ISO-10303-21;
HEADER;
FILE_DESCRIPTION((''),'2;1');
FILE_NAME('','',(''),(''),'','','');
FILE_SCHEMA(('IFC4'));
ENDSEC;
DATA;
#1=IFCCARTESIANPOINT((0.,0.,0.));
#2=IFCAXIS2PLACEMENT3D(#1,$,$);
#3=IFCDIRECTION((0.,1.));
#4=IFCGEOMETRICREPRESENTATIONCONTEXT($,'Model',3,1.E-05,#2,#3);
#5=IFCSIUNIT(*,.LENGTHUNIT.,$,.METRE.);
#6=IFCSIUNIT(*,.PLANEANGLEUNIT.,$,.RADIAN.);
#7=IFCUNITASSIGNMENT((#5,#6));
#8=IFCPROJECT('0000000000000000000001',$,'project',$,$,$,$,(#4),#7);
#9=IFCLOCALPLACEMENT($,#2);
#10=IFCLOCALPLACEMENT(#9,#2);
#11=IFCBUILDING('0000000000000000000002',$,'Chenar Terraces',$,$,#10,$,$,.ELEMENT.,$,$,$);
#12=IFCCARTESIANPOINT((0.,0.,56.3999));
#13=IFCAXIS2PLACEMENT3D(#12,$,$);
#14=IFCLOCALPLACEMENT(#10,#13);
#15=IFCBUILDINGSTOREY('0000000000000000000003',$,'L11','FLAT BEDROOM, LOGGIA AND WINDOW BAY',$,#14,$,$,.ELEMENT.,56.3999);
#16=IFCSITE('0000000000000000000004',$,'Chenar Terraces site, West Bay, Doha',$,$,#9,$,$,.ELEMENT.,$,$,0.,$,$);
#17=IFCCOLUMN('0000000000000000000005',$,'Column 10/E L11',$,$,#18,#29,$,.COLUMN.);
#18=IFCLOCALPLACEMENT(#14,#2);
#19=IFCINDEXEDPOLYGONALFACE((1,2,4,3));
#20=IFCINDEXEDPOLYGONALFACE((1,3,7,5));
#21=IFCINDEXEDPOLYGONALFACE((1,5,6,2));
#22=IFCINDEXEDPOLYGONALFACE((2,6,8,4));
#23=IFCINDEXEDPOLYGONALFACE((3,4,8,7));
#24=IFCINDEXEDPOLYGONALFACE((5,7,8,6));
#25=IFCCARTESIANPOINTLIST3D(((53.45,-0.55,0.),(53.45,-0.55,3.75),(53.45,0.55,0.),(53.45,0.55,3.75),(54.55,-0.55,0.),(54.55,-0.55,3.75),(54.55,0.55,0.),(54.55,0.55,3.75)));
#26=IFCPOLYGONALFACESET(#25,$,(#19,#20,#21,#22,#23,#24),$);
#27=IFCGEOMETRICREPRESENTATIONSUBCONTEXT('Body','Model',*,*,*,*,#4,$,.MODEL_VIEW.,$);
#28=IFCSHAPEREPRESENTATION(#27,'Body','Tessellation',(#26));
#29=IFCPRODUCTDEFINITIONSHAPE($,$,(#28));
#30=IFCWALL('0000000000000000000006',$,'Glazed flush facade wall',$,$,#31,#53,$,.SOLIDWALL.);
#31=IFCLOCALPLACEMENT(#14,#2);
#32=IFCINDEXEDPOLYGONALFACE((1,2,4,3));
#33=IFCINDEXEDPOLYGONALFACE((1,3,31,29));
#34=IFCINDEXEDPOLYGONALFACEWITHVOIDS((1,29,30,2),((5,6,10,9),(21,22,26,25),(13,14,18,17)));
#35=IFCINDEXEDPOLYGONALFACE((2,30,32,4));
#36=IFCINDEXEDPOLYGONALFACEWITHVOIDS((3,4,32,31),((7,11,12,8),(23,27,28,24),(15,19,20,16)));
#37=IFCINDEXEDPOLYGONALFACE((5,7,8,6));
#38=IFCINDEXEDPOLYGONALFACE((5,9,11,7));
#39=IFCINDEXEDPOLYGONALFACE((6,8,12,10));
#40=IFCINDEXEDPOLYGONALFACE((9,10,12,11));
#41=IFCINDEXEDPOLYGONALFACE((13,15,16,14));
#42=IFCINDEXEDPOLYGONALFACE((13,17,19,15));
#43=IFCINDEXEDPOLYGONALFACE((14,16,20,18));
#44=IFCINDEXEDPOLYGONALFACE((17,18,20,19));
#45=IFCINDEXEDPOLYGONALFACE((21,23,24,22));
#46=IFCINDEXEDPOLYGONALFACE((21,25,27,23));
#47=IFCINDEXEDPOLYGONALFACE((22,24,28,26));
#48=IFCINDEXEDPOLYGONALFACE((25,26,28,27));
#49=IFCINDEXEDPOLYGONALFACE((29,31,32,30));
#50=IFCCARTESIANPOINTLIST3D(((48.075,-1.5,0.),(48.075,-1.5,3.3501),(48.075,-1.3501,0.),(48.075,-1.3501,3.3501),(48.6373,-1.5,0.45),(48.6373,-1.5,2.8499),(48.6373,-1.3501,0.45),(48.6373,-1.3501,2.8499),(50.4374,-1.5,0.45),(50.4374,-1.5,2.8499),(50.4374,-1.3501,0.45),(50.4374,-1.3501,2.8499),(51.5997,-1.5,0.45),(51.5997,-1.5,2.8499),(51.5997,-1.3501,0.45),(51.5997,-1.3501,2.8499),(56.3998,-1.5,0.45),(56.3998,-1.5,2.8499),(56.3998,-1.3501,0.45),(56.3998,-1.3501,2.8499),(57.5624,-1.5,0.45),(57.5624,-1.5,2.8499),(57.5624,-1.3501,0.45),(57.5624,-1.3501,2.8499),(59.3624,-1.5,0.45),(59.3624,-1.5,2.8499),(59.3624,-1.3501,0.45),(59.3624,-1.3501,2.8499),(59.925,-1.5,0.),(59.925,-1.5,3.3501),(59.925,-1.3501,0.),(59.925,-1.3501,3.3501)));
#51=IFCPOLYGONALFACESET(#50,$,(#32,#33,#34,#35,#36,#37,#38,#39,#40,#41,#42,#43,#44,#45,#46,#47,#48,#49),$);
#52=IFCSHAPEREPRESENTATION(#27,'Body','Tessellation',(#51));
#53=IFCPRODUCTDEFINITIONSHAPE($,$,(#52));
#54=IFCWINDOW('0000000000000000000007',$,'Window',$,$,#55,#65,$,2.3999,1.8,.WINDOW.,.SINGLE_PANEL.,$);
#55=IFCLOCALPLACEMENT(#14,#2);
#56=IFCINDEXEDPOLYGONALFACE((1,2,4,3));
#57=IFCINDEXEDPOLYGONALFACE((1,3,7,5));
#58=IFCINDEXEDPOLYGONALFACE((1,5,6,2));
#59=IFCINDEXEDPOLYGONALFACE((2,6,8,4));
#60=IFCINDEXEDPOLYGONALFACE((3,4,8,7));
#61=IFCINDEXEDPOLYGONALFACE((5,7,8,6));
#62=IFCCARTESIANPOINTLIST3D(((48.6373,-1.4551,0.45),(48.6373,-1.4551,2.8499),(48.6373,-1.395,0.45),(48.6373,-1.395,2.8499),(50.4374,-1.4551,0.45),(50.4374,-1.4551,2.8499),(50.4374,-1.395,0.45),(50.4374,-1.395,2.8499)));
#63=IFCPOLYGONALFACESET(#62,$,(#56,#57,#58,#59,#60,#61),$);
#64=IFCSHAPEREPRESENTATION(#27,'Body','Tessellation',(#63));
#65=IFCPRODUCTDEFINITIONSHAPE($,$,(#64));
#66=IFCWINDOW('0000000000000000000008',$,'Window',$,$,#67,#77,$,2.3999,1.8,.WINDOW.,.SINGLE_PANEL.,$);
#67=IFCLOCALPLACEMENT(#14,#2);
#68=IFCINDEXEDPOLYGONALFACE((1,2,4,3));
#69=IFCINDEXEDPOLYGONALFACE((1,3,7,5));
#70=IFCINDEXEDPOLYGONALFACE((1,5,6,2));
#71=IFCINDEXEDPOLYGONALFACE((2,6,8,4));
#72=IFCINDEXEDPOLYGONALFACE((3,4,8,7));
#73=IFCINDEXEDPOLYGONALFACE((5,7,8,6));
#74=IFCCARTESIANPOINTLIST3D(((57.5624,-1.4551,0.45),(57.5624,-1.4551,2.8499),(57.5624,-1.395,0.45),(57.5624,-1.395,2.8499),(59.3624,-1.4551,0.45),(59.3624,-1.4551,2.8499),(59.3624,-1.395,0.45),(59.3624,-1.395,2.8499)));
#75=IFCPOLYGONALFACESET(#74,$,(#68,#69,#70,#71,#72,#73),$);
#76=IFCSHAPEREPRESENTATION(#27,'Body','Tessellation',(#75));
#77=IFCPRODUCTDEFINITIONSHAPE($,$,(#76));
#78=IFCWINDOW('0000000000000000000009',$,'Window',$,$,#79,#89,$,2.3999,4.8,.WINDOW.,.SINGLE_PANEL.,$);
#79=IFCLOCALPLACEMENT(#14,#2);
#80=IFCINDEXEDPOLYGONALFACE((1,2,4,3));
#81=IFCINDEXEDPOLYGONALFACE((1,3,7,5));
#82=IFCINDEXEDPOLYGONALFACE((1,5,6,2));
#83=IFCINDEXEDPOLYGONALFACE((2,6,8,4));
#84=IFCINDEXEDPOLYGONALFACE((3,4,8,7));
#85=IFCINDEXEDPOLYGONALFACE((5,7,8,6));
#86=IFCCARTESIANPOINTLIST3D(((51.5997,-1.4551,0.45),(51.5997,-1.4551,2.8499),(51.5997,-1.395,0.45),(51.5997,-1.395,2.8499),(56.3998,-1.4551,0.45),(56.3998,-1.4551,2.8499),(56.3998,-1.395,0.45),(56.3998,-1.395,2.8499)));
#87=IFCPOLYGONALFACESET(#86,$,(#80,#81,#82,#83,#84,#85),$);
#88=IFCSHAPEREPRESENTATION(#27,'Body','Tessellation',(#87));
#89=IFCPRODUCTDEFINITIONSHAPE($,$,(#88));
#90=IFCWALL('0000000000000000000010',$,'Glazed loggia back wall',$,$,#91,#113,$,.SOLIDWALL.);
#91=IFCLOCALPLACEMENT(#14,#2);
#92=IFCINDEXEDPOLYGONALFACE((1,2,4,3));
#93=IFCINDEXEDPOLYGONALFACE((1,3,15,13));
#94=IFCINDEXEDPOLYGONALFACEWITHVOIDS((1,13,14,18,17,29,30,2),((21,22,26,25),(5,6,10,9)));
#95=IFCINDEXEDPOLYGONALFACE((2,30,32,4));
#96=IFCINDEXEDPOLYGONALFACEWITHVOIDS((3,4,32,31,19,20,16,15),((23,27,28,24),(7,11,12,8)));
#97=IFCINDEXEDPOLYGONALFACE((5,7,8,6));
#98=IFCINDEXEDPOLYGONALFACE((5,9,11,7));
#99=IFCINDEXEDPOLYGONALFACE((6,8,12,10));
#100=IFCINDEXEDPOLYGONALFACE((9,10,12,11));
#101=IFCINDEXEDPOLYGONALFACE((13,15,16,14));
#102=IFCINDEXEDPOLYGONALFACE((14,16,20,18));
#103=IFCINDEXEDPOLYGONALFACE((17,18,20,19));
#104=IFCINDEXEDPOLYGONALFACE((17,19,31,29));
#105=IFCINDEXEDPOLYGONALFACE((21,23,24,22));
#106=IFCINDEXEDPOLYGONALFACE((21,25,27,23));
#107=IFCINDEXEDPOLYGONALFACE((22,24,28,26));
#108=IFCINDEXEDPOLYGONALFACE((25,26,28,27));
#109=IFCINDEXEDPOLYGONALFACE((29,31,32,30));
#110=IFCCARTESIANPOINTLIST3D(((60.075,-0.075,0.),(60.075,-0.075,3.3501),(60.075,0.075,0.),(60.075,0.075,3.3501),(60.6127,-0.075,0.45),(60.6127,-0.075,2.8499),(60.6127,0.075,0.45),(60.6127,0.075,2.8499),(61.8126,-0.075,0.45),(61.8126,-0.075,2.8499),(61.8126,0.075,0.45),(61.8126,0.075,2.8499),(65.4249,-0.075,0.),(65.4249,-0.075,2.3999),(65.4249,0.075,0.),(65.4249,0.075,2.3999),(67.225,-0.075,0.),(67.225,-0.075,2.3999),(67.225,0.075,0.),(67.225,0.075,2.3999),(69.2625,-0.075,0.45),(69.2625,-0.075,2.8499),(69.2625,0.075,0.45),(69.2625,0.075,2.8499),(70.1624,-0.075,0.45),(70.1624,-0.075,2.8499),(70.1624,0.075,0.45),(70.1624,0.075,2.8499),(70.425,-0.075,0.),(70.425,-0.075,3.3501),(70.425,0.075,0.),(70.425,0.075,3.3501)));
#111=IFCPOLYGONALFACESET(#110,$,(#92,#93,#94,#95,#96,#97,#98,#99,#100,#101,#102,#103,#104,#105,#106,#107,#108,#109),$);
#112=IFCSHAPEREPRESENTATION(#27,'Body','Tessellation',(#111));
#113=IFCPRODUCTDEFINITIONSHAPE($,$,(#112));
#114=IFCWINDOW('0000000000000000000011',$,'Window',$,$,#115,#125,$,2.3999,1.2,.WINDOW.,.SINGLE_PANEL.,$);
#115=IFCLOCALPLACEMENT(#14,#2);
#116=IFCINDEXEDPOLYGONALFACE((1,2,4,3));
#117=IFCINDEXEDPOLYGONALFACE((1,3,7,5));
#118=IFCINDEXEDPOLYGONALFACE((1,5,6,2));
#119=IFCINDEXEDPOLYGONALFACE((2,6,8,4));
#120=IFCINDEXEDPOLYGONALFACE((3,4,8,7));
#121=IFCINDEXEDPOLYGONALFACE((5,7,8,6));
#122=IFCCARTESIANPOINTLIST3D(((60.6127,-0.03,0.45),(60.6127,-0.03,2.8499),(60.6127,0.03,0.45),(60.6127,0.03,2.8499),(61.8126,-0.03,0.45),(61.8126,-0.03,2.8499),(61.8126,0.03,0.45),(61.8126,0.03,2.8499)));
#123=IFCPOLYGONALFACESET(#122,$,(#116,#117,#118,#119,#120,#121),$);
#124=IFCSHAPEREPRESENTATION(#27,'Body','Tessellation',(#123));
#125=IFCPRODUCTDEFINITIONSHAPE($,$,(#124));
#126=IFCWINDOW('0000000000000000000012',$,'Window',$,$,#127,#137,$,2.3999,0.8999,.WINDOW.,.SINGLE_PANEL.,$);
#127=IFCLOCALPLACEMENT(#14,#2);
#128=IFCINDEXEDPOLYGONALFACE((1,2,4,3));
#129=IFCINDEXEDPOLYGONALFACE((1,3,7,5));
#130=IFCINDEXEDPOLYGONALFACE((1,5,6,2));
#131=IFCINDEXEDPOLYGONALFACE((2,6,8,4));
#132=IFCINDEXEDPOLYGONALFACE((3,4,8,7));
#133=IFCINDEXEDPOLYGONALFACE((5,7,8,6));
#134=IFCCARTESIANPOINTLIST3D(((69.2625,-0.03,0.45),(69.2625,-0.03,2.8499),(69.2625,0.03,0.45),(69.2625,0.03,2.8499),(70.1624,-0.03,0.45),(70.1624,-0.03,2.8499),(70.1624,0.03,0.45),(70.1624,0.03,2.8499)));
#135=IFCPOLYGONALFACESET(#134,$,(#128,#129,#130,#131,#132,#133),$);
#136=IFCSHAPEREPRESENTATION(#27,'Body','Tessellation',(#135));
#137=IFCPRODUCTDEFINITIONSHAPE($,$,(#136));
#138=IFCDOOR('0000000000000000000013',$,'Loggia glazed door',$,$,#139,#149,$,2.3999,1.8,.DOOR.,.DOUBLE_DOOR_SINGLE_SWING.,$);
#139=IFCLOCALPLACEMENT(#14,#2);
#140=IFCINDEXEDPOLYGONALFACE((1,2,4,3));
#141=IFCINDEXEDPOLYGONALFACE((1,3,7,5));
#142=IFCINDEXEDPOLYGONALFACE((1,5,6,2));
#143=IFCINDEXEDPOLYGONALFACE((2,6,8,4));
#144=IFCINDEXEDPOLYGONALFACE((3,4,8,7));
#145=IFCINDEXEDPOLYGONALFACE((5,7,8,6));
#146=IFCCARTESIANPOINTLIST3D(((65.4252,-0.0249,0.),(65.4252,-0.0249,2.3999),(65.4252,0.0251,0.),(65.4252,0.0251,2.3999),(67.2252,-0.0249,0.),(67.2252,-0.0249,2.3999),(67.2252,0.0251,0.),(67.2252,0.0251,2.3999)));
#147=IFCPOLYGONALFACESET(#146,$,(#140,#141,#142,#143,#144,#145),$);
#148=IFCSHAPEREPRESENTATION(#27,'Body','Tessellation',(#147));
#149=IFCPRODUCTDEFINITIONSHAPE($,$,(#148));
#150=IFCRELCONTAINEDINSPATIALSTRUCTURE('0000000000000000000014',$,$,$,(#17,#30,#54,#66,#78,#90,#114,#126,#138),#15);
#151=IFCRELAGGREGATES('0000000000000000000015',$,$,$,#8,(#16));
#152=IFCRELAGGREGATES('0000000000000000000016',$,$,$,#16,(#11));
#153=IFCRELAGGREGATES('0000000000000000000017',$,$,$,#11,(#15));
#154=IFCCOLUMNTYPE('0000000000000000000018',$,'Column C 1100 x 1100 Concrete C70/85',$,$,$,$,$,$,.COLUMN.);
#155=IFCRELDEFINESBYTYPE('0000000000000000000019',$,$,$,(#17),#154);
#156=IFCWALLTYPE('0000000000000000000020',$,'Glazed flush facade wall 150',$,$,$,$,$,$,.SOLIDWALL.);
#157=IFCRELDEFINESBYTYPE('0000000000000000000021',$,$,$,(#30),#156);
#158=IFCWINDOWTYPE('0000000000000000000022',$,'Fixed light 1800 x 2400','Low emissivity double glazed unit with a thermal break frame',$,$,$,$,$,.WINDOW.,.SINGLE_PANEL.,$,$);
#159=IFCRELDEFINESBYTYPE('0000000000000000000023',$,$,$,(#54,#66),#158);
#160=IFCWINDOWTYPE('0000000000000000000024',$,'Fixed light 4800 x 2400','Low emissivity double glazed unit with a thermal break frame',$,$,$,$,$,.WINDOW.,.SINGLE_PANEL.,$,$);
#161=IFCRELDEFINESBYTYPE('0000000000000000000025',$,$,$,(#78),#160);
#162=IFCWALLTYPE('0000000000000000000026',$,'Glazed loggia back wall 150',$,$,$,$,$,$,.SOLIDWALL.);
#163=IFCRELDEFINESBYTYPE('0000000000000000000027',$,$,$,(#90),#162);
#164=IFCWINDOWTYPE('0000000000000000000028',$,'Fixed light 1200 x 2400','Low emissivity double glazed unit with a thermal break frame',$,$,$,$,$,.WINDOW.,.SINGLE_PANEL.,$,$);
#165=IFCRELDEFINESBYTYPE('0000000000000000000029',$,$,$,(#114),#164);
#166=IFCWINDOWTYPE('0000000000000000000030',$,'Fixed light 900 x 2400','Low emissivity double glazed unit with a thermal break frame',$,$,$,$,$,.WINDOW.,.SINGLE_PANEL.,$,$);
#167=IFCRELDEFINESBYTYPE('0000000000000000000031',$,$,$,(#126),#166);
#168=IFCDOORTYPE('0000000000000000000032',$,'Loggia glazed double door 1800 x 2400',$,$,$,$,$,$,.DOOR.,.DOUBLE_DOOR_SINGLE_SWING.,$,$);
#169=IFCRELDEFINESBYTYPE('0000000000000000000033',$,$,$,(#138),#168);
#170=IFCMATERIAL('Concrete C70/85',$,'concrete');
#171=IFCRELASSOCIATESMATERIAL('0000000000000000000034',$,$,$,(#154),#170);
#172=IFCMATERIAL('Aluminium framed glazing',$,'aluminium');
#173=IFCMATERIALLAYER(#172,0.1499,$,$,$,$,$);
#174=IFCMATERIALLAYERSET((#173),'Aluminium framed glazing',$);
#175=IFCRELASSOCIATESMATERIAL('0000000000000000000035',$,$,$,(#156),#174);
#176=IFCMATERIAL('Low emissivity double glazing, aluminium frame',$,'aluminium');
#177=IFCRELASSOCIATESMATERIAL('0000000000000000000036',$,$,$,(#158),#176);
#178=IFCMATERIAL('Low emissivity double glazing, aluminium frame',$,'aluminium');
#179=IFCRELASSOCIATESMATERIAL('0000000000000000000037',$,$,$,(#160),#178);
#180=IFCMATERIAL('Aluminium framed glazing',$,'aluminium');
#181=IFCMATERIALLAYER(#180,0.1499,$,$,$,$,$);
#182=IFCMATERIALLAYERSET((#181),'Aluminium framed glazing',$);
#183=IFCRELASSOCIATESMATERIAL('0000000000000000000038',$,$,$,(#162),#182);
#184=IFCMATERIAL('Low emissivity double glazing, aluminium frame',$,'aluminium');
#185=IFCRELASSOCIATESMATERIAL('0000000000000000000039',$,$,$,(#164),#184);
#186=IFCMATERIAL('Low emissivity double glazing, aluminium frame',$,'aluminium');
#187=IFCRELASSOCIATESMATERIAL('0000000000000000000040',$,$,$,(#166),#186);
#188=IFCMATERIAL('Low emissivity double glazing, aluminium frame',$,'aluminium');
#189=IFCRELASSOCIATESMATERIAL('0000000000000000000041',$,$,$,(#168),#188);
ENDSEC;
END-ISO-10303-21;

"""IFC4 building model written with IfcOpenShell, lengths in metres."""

from ifc_helpers import new_model, si_unit, direction, frame, frame_2d, origin, origin_2d, place, context, subcontext, project, spatial, rectangle, extrude, material, layer, layer_set, material_profile, profile_set, type_object, element, fill, save


model = new_model("IFC4")

# Units and contexts
model_context = context("Model", 3, precision=1e-05, world=origin(), true_north=direction((0.0, 1.0)))
body_context = subcontext(model_context, "Body", "Model", "MODEL_VIEW")
ifc_project = project(units=[si_unit("LENGTHUNIT", "METRE"), si_unit("PLANEANGLEUNIT", "RADIAN")], contexts=[model_context])

# Site, building, storey
site_placement = place(None, origin())
site = spatial("IfcSite", under=ifc_project, at=site_placement, Name="Chenar Terraces site, West Bay, Doha", CompositionType="ELEMENT", RefElevation=0.0)
building_placement = place(site_placement, origin())
building = spatial("IfcBuilding", under=site, at=building_placement, Name="Chenar Terraces", CompositionType="ELEMENT")
storey_placement = place(building_placement, frame((0.0, 0.0, 56.3999)))
storey = spatial("IfcBuildingStorey", under=building, at=storey_placement, Name="L11", Description="FLAT BEDROOM, LOGGIA AND WINDOW BAY", CompositionType="ELEMENT", Elevation=56.3999)

# Column
ifc_material_1 = material(Name="Concrete C70/85", Category="concrete")
ifc_material_profile_1 = material_profile(ifc_material_1, rectangle(XDim=1.1001, YDim=1.1001, at=origin_2d()), Name="C 1100 x 1100")
ifc_profile_set_1 = profile_set([ifc_material_profile_1], Name="Concrete C70/85")
column_type = type_object("IfcColumnType", Name="Column C 1100 x 1100 Concrete C70/85", PredefinedType="COLUMN", material=ifc_profile_set_1)
column_placement = place(storey_placement, frame((54.0, 0.0, 0.0), z_axis=(0.0, 0.0, 1.0), x_axis=(1.0, 0.0, 0.0)))
element("IfcColumn", 1, at=column_placement, inside=storey, type_object=column_type, Name="Column 10/E L11", PredefinedType="COLUMN", context=body_context, shape_type="SweptSolid", body=[
    extrude(rectangle(XDim=1.1001, YDim=1.1001, at=origin_2d()), origin(), (0.0, 0.0, 1.0), 3.75),
])

# Wall, openings, windows
ifc_material_2 = material(Name="Aluminium framed glazing", Category="aluminium")
ifc_layer_1 = layer(ifc_material_2, 0.1499)
ifc_layer_set_1 = layer_set([ifc_layer_1], Name="Aluminium framed glazing")
wall_type_1 = type_object("IfcWallType", Name="Glazed flush facade wall 150", PredefinedType="SOLIDWALL", material=ifc_layer_set_1)
wall_1_placement = place(storey_placement, frame((48.075, -1.425, 0.0), z_axis=(0.0, 0.0, 1.0), x_axis=(1.0, 0.0, 0.0)))
wall_1 = element("IfcWall", 2, at=wall_1_placement, inside=storey, type_object=wall_type_1, Name="Glazed flush facade wall", PredefinedType="SOLIDWALL", context=body_context, shape_type="SweptSolid", body=[
    extrude(rectangle(XDim=11.8501, YDim=0.1499, at=frame_2d((5.925, 0.0))), origin(), (0.0, 0.0, 1.0), 3.3501),
])
opening_1_placement = place(wall_1_placement, frame((0.5625, 0.0, 0.45)))
opening_1 = element("IfcOpeningElement", 3, at=opening_1_placement, cuts=wall_1, PredefinedType="OPENING", context=body_context, shape_type="SweptSolid", body=[
    extrude(rectangle(XDim=1.8, YDim=2.3999, at=frame_2d((0.8999, 1.2))), frame((0.0, 0.085, 0.0), z_axis=(0.0, -1.0, 0.0), x_axis=(1.0, 0.0, 0.0)), (0.0, 0.0, 1.0), 0.1699),
])
opening_2_placement = place(wall_1_placement, frame((3.5249, 0.0, 0.45)))
opening_2 = element("IfcOpeningElement", 4, at=opening_2_placement, cuts=wall_1, PredefinedType="OPENING", context=body_context, shape_type="SweptSolid", body=[
    extrude(rectangle(XDim=4.8, YDim=2.3999, at=frame_2d((2.3999, 1.2))), frame((0.0, 0.085, 0.0), z_axis=(0.0, -1.0, 0.0), x_axis=(1.0, 0.0, 0.0)), (0.0, 0.0, 1.0), 0.1699),
])
opening_3_placement = place(wall_1_placement, frame((9.4875, 0.0, 0.45)))
opening_3 = element("IfcOpeningElement", 5, at=opening_3_placement, cuts=wall_1, PredefinedType="OPENING", context=body_context, shape_type="SweptSolid", body=[
    extrude(rectangle(XDim=1.8, YDim=2.3999, at=frame_2d((0.8999, 1.2))), frame((0.0, 0.085, 0.0), z_axis=(0.0, -1.0, 0.0), x_axis=(1.0, 0.0, 0.0)), (0.0, 0.0, 1.0), 0.1699),
])
ifc_material_3 = material(Name="Low emissivity double glazing, aluminium frame", Category="aluminium")
window_type_1 = type_object("IfcWindowType", Name="Fixed light 1800 x 2400", Description="Low emissivity double glazed unit with a thermal break frame", PartitioningType="SINGLE_PANEL", PredefinedType="WINDOW", material=ifc_material_3)
window_1_placement = place(opening_1_placement, origin())
window_1 = element("IfcWindow", 6, at=window_1_placement, inside=storey, type_object=window_type_1, Name="Window", OverallHeight=2.3999, OverallWidth=1.8, PartitioningType="SINGLE_PANEL", PredefinedType="WINDOW", context=body_context, shape_type="SweptSolid", body=[
    extrude(rectangle(XDim=1.8, YDim=2.3999, at=frame_2d((0.8999, 1.2))), frame((0.0, 0.03, 0.0), z_axis=(0.0, -1.0, 0.0), x_axis=(1.0, 0.0, 0.0)), (0.0, 0.0, 1.0), 0.0601),
])
fill(opening_1, window_1)
window_2_placement = place(opening_3_placement, origin())
window_2 = element("IfcWindow", 7, at=window_2_placement, inside=storey, type_object=window_type_1, Name="Window", OverallHeight=2.3999, OverallWidth=1.8, PartitioningType="SINGLE_PANEL", PredefinedType="WINDOW", context=body_context, shape_type="SweptSolid", body=[
    extrude(rectangle(XDim=1.8, YDim=2.3999, at=frame_2d((0.8999, 1.2))), frame((0.0, 0.03, 0.0), z_axis=(0.0, -1.0, 0.0), x_axis=(1.0, 0.0, 0.0)), (0.0, 0.0, 1.0), 0.0601),
])
fill(opening_3, window_2)
ifc_material_4 = material(Name="Low emissivity double glazing, aluminium frame", Category="aluminium")
window_type_2 = type_object("IfcWindowType", Name="Fixed light 4800 x 2400", Description="Low emissivity double glazed unit with a thermal break frame", PartitioningType="SINGLE_PANEL", PredefinedType="WINDOW", material=ifc_material_4)
window_3_placement = place(opening_2_placement, origin())
window_3 = element("IfcWindow", 8, at=window_3_placement, inside=storey, type_object=window_type_2, Name="Window", OverallHeight=2.3999, OverallWidth=4.8, PartitioningType="SINGLE_PANEL", PredefinedType="WINDOW", context=body_context, shape_type="SweptSolid", body=[
    extrude(rectangle(XDim=4.8, YDim=2.3999, at=frame_2d((2.3999, 1.2))), frame((0.0, 0.03, 0.0), z_axis=(0.0, -1.0, 0.0), x_axis=(1.0, 0.0, 0.0)), (0.0, 0.0, 1.0), 0.0601),
])
fill(opening_2, window_3)

# Wall, openings, windows, door
ifc_material_5 = material(Name="Aluminium framed glazing", Category="aluminium")
ifc_layer_2 = layer(ifc_material_5, 0.1499)
ifc_layer_set_2 = layer_set([ifc_layer_2], Name="Aluminium framed glazing")
wall_type_2 = type_object("IfcWallType", Name="Glazed loggia back wall 150", PredefinedType="SOLIDWALL", material=ifc_layer_set_2)
wall_2_placement = place(storey_placement, frame((60.075, 0.0, 0.0), z_axis=(0.0, 0.0, 1.0), x_axis=(1.0, 0.0, 0.0)))
wall_2 = element("IfcWall", 9, at=wall_2_placement, inside=storey, type_object=wall_type_2, Name="Glazed loggia back wall", PredefinedType="SOLIDWALL", context=body_context, shape_type="SweptSolid", body=[
    extrude(rectangle(XDim=10.3501, YDim=0.1499, at=frame_2d((5.175, 0.0))), origin(), (0.0, 0.0, 1.0), 3.3501),
])
opening_4_placement = place(wall_2_placement, frame((0.5376, 0.0, 0.45)))
opening_4 = element("IfcOpeningElement", 10, at=opening_4_placement, cuts=wall_2, PredefinedType="OPENING", context=body_context, shape_type="SweptSolid", body=[
    extrude(rectangle(XDim=1.2, YDim=2.3999, at=frame_2d((0.6001, 1.2))), frame((0.0, 0.085, 0.0), z_axis=(0.0, -1.0, 0.0), x_axis=(1.0, 0.0, 0.0)), (0.0, 0.0, 1.0), 0.1699),
])
opening_5_placement = place(wall_2_placement, frame((5.3501, 0.0, 0.0)))
opening_5 = element("IfcOpeningElement", 11, at=opening_5_placement, cuts=wall_2, PredefinedType="OPENING", context=body_context, shape_type="SweptSolid", body=[
    extrude(rectangle(XDim=1.8, YDim=2.3999, at=frame_2d((0.8999, 1.2))), frame((0.0, 0.085, 0.0), z_axis=(0.0, -1.0, 0.0), x_axis=(1.0, 0.0, 0.0)), (0.0, 0.0, 1.0), 0.1699),
])
opening_6_placement = place(wall_2_placement, frame((9.1875, 0.0, 0.45)))
opening_6 = element("IfcOpeningElement", 12, at=opening_6_placement, cuts=wall_2, PredefinedType="OPENING", context=body_context, shape_type="SweptSolid", body=[
    extrude(rectangle(XDim=0.8999, YDim=2.3999, at=frame_2d((0.45, 1.2))), frame((0.0, 0.085, 0.0), z_axis=(0.0, -1.0, 0.0), x_axis=(1.0, 0.0, 0.0)), (0.0, 0.0, 1.0), 0.1699),
])
ifc_material_6 = material(Name="Low emissivity double glazing, aluminium frame", Category="aluminium")
window_type_3 = type_object("IfcWindowType", Name="Fixed light 1200 x 2400", Description="Low emissivity double glazed unit with a thermal break frame", PartitioningType="SINGLE_PANEL", PredefinedType="WINDOW", material=ifc_material_6)
window_4_placement = place(opening_4_placement, origin())
window_4 = element("IfcWindow", 13, at=window_4_placement, inside=storey, type_object=window_type_3, Name="Window", OverallHeight=2.3999, OverallWidth=1.2, PartitioningType="SINGLE_PANEL", PredefinedType="WINDOW", context=body_context, shape_type="SweptSolid", body=[
    extrude(rectangle(XDim=1.2, YDim=2.3999, at=frame_2d((0.6001, 1.2))), frame((0.0, 0.03, 0.0), z_axis=(0.0, -1.0, 0.0), x_axis=(1.0, 0.0, 0.0)), (0.0, 0.0, 1.0), 0.0601),
])
fill(opening_4, window_4)
ifc_material_7 = material(Name="Low emissivity double glazing, aluminium frame", Category="aluminium")
window_type_4 = type_object("IfcWindowType", Name="Fixed light 900 x 2400", Description="Low emissivity double glazed unit with a thermal break frame", PartitioningType="SINGLE_PANEL", PredefinedType="WINDOW", material=ifc_material_7)
window_5_placement = place(opening_6_placement, origin())
window_5 = element("IfcWindow", 14, at=window_5_placement, inside=storey, type_object=window_type_4, Name="Window", OverallHeight=2.3999, OverallWidth=0.8999, PartitioningType="SINGLE_PANEL", PredefinedType="WINDOW", context=body_context, shape_type="SweptSolid", body=[
    extrude(rectangle(XDim=0.8999, YDim=2.3999, at=frame_2d((0.45, 1.2))), frame((0.0, 0.03, 0.0), z_axis=(0.0, -1.0, 0.0), x_axis=(1.0, 0.0, 0.0)), (0.0, 0.0, 1.0), 0.0601),
])
fill(opening_6, window_5)
ifc_material_8 = material(Name="Low emissivity double glazing, aluminium frame", Category="aluminium")
door_type = type_object("IfcDoorType", Name="Loggia glazed double door 1800 x 2400", OperationType="DOUBLE_DOOR_SINGLE_SWING", PredefinedType="DOOR", material=ifc_material_8)
door_placement = place(opening_5_placement, frame((1.8, 0.0, 0.0), z_axis=(0.0, 0.0, 1.0), x_axis=(-1.0, 0.0, 0.0)))
door = element("IfcDoor", 15, at=door_placement, inside=storey, type_object=door_type, Name="Loggia glazed door", OperationType="DOUBLE_DOOR_SINGLE_SWING", OverallHeight=2.3999, OverallWidth=1.8, PredefinedType="DOOR", context=body_context, shape_type="SweptSolid", body=[
    extrude(rectangle(XDim=1.8, YDim=2.3999, at=frame_2d((0.8999, 1.2))), frame((0.0, 0.0249, 0.0), z_axis=(0.0, -1.0, 0.0), x_axis=(1.0, 0.0, 0.0)), (0.0, 0.0, 1.0), 0.05),
])
fill(opening_5, door)

save(model, "model.ifc")
